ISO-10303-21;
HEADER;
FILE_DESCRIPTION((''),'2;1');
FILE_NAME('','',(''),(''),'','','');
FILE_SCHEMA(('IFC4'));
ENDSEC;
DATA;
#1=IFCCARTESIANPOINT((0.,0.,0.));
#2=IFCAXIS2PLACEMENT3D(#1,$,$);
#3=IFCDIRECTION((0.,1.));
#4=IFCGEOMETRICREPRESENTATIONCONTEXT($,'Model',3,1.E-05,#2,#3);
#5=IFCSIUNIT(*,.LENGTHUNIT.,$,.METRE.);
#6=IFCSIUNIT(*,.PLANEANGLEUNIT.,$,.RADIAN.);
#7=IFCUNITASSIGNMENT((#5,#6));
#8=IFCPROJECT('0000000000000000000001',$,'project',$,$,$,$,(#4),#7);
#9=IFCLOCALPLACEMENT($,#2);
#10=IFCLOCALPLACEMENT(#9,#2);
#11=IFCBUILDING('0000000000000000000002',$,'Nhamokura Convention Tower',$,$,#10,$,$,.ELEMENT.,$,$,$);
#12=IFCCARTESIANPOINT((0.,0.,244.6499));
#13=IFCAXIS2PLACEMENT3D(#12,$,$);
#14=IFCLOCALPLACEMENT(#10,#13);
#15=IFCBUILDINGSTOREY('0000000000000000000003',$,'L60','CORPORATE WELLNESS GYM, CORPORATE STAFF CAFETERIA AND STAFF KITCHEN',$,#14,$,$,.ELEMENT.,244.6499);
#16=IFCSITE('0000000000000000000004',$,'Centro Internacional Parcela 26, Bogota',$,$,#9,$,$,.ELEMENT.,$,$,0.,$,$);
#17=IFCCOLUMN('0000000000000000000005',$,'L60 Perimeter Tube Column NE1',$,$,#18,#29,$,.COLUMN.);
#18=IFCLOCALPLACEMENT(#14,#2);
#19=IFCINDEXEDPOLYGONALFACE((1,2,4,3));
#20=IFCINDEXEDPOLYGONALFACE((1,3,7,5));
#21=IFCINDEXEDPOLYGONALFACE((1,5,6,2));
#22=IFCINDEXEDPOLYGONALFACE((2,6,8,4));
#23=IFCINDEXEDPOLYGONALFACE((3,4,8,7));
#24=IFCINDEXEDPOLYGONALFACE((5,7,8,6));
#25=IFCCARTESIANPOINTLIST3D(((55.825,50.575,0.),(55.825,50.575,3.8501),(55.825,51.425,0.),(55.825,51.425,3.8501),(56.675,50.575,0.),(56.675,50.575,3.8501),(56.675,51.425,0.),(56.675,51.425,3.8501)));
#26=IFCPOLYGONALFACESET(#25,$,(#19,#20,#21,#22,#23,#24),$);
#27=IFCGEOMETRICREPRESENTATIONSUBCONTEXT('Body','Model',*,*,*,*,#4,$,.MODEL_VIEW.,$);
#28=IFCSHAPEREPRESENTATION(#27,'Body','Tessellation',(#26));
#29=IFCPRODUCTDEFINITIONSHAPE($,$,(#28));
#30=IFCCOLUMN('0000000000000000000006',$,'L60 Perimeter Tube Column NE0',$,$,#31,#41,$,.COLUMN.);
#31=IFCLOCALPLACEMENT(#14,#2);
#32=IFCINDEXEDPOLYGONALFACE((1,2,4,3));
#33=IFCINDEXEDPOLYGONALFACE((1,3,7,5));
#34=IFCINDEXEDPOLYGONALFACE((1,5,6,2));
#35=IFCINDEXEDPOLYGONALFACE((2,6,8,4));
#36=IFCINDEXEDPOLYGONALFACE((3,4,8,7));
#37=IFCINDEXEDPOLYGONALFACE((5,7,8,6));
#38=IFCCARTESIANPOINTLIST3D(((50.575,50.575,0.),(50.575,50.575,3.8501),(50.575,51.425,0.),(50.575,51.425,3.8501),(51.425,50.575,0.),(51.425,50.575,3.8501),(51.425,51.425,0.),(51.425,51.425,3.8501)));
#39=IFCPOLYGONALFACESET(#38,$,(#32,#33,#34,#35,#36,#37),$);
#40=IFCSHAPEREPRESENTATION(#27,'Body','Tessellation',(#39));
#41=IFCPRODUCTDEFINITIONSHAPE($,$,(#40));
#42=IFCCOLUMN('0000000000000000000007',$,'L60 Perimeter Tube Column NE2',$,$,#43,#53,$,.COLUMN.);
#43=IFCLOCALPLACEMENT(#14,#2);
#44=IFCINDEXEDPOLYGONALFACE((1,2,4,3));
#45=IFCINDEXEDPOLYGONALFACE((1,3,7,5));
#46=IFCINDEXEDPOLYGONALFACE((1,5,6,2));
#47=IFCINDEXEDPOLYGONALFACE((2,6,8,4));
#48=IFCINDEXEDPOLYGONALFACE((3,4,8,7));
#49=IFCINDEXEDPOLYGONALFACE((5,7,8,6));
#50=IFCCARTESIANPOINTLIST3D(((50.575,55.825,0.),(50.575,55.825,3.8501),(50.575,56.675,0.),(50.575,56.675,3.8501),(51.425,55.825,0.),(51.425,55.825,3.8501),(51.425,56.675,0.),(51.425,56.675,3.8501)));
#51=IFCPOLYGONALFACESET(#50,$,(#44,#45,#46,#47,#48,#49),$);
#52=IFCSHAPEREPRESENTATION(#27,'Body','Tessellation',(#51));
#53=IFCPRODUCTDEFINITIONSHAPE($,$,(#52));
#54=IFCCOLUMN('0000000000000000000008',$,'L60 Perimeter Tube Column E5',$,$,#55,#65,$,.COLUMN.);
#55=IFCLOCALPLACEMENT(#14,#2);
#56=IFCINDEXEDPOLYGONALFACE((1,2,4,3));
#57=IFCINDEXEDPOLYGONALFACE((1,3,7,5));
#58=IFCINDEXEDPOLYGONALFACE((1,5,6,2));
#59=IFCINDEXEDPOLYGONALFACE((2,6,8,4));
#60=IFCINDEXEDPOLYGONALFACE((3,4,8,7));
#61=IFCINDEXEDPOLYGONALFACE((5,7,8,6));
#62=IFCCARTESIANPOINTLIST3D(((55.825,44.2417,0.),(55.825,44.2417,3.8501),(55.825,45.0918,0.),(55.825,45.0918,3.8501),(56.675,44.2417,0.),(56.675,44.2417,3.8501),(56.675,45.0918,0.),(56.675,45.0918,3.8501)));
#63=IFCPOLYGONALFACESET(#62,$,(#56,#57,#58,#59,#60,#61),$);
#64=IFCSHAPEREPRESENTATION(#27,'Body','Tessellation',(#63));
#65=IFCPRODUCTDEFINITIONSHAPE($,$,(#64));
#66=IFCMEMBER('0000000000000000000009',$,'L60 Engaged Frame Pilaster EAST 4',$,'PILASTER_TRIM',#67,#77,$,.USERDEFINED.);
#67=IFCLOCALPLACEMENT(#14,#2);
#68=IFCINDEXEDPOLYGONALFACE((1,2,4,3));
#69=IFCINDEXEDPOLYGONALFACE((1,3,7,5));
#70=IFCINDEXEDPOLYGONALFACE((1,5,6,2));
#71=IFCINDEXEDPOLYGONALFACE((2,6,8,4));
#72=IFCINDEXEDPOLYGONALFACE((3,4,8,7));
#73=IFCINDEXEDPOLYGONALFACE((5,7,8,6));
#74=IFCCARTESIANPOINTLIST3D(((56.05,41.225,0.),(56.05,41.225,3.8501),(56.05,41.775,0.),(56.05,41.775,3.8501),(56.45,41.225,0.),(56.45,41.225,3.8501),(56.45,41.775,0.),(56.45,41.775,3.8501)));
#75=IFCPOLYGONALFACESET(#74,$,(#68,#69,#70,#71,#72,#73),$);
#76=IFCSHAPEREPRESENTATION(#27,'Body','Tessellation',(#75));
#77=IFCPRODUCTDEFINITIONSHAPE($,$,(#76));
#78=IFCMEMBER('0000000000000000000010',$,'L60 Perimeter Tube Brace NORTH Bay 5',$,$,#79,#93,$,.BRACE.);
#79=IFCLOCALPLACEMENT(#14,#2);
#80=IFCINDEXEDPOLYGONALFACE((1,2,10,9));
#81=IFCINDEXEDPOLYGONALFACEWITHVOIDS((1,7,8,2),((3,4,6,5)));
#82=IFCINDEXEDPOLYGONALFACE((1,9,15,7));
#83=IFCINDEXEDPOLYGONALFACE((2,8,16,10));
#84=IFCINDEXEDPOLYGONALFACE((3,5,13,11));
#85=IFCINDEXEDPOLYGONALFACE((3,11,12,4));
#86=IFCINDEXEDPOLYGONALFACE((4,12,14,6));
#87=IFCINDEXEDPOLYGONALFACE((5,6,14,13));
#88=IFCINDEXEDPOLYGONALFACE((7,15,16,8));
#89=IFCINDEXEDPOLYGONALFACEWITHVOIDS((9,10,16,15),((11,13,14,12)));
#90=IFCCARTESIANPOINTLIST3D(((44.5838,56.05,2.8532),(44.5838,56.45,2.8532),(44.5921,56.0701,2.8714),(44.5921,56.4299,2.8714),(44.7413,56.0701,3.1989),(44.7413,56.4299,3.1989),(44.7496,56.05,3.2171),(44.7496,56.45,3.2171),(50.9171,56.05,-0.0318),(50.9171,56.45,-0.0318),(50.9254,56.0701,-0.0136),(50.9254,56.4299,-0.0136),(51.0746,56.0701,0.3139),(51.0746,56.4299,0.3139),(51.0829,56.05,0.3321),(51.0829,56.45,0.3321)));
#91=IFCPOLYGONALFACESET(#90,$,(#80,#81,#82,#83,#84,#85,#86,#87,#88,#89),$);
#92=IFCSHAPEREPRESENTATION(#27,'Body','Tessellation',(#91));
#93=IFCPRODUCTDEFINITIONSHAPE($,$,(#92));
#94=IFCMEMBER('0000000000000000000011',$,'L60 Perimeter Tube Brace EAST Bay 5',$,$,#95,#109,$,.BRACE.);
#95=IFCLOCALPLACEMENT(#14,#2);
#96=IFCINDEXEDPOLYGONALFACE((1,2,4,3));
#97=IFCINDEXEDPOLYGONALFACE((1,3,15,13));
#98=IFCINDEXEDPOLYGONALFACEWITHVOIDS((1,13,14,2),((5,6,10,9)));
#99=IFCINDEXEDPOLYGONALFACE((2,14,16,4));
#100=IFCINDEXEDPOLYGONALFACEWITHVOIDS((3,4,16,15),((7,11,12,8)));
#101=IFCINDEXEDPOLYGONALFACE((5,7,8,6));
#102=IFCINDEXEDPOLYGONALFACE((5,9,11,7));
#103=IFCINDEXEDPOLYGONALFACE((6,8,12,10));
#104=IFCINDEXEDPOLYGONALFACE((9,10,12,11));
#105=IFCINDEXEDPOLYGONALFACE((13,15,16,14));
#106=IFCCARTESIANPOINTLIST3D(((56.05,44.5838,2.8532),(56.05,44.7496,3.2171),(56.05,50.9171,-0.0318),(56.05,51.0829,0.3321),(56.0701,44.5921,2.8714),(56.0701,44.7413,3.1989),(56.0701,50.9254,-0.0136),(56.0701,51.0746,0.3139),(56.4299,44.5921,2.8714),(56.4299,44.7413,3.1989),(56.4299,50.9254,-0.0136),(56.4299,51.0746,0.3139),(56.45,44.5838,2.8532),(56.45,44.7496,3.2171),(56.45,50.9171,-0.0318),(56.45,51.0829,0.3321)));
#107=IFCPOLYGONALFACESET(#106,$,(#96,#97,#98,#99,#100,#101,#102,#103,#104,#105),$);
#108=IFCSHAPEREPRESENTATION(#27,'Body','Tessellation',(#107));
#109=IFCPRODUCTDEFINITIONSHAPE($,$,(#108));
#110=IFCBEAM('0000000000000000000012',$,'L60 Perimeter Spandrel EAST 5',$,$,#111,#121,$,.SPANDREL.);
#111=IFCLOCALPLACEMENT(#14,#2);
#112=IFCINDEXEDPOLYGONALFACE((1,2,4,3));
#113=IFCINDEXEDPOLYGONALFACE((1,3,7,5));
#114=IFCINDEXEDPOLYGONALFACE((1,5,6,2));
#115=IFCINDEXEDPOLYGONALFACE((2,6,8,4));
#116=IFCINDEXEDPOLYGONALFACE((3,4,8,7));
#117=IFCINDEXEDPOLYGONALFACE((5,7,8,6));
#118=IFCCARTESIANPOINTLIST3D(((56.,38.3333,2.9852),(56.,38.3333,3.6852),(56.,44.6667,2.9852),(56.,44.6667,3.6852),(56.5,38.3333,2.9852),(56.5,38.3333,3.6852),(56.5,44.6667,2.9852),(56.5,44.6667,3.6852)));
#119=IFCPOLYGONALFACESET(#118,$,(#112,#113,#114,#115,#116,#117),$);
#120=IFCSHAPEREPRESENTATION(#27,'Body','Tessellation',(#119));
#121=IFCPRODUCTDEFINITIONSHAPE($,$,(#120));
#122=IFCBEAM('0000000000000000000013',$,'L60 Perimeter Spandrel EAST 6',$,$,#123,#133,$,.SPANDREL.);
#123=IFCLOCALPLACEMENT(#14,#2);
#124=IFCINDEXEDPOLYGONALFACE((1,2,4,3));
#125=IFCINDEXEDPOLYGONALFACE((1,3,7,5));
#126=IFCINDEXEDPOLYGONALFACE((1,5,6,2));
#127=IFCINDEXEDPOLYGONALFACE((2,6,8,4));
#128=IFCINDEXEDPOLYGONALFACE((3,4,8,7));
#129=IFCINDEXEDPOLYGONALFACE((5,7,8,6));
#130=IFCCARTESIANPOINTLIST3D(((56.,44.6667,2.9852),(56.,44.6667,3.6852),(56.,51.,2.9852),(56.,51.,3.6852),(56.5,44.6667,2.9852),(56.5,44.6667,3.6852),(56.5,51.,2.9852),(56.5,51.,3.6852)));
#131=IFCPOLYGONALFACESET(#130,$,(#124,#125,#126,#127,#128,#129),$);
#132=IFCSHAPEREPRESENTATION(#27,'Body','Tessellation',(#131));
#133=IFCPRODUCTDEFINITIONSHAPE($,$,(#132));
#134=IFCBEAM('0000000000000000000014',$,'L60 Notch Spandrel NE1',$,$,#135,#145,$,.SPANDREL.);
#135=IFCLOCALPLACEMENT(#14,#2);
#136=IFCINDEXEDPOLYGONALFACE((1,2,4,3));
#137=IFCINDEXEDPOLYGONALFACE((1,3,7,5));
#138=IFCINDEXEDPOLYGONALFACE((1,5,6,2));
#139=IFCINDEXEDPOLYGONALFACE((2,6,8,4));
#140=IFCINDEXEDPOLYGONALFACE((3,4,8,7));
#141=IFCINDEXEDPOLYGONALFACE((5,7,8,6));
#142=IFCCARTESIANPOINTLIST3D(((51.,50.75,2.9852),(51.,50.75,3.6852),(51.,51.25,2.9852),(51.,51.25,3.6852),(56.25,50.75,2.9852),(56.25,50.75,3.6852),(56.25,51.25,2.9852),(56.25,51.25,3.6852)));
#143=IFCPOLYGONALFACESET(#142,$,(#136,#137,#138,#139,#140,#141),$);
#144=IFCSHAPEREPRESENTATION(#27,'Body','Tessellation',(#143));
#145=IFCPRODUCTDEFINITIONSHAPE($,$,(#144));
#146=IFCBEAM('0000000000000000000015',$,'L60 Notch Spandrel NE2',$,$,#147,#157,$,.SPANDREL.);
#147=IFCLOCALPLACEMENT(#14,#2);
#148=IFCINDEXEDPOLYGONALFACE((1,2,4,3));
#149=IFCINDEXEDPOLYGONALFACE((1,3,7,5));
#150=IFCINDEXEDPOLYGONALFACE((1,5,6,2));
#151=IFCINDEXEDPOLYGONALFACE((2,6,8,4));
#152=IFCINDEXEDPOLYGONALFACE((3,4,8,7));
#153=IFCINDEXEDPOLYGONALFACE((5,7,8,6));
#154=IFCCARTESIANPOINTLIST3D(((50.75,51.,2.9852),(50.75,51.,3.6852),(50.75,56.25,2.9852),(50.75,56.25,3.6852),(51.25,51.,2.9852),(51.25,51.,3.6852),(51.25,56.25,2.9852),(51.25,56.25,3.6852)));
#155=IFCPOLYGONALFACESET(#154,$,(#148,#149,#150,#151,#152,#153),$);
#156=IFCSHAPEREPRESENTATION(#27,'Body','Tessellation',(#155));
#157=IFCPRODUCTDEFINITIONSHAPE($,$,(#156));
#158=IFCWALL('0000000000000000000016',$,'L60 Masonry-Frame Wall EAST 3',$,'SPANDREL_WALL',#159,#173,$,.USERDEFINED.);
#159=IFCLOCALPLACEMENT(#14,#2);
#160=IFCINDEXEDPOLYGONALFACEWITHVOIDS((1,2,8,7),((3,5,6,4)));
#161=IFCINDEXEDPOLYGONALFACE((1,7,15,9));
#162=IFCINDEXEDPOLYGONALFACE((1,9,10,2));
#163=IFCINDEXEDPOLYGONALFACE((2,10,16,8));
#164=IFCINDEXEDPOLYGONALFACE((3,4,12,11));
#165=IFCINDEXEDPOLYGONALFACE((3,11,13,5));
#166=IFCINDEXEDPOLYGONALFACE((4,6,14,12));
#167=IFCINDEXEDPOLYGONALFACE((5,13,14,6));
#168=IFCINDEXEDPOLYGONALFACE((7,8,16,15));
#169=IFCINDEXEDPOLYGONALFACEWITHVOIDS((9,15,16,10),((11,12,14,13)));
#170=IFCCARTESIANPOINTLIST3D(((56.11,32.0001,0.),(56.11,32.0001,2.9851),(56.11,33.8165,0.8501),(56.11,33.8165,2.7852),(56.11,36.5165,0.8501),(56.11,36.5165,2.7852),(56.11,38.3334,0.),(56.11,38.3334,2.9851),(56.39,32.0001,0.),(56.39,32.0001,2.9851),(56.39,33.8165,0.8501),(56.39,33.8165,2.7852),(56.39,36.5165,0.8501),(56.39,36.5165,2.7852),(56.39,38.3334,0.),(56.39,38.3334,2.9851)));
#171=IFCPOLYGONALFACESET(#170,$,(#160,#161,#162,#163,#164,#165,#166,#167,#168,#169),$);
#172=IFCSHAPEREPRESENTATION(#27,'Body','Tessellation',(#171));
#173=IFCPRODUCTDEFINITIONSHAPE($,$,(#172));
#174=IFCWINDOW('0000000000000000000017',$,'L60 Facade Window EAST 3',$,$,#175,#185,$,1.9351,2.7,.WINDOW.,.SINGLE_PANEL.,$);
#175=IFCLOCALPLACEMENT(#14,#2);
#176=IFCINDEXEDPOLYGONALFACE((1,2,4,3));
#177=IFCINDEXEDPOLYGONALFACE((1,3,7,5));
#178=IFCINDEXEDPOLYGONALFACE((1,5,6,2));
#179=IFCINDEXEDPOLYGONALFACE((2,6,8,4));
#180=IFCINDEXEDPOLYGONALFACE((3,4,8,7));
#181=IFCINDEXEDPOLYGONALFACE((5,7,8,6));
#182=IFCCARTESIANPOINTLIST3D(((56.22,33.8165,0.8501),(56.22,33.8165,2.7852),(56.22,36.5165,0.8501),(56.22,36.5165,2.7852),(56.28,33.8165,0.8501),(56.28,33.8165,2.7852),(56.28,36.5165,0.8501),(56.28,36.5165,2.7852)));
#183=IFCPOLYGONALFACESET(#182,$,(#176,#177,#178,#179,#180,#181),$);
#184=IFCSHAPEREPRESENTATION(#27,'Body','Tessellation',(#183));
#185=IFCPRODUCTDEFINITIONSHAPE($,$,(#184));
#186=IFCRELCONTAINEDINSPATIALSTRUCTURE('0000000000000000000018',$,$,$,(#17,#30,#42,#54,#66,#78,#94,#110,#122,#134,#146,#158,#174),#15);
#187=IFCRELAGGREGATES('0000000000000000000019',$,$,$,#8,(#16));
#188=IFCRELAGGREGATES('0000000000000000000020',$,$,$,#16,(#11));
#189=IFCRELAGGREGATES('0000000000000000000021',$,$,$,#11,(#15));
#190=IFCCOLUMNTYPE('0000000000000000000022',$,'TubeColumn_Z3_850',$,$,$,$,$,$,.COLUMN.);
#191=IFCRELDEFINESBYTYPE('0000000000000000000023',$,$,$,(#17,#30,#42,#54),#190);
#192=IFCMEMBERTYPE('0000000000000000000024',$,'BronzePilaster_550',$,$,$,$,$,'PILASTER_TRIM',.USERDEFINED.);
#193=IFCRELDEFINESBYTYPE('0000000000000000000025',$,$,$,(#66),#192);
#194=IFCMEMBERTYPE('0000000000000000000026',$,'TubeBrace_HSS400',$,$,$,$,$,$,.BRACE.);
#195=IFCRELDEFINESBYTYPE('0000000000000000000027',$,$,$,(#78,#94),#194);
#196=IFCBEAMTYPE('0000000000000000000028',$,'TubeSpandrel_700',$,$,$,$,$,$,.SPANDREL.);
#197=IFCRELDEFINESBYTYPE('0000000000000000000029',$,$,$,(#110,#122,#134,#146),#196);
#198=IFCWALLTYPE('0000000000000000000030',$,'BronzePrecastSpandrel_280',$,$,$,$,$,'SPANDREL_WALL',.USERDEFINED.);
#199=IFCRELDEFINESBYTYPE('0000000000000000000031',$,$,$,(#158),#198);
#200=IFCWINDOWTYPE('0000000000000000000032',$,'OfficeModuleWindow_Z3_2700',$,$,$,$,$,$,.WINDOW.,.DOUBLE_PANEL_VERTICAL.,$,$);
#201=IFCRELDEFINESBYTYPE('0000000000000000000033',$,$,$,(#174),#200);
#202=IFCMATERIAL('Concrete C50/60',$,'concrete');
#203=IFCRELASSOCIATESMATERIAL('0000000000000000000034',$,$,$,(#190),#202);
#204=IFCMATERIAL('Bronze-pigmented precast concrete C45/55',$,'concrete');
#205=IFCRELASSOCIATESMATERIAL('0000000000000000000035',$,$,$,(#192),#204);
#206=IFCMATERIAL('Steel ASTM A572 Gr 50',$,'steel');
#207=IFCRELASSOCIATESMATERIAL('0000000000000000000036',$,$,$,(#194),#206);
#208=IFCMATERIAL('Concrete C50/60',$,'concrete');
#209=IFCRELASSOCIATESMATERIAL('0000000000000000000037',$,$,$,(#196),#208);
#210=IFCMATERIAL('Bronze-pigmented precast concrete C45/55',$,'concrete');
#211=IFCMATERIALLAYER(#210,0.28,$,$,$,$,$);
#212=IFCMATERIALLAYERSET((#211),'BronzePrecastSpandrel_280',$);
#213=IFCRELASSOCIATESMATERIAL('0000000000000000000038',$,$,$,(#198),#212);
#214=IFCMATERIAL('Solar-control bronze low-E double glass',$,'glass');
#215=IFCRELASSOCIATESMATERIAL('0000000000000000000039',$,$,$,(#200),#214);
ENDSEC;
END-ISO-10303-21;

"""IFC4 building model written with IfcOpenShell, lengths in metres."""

from ifc_helpers import new_model, si_unit, direction, frame, frame_2d, origin, origin_2d, place, context, subcontext, project, spatial, rectangle, hollow_rectangle, extrude, material, layer, layer_set, material_profile, profile_set, type_object, element, fill, save


model = new_model("IFC4")

# Units and contexts
model_context = context("Model", 3, precision=1e-05, world=origin(), true_north=direction((0.0, 1.0)))
body_context = subcontext(model_context, "Body", "Model", "MODEL_VIEW")
ifc_project = project(units=[si_unit("LENGTHUNIT", "METRE"), si_unit("PLANEANGLEUNIT", "RADIAN")], contexts=[model_context])

# Site, building, storey
site_placement = place(None, origin())
site = spatial("IfcSite", under=ifc_project, at=site_placement, Name="Centro Internacional Parcela 26, Bogota", CompositionType="ELEMENT", RefElevation=0.0)
building_placement = place(site_placement, origin())
building = spatial("IfcBuilding", under=site, at=building_placement, Name="Nhamokura Convention Tower", CompositionType="ELEMENT")
storey_placement = place(building_placement, frame((0.0, 0.0, 244.6499)))
storey = spatial("IfcBuildingStorey", under=building, at=storey_placement, Name="L60", Description="CORPORATE WELLNESS GYM, CORPORATE STAFF CAFETERIA AND STAFF KITCHEN", CompositionType="ELEMENT", Elevation=244.6499)

# Columns
ifc_material_1 = material(Name="Concrete C50/60", Category="concrete")
ifc_material_profile_1 = material_profile(ifc_material_1, rectangle(XDim=0.8501, YDim=0.8501, at=origin_2d()))
ifc_profile_set_1 = profile_set([ifc_material_profile_1], Name="Concrete C50/60")
column_type = type_object("IfcColumnType", Name="TubeColumn_Z3_850", PredefinedType="COLUMN", material=ifc_profile_set_1)
for number, where, z_axis, x_axis, name in (
    (1, (56.25, 51.0, 0.0), (0.0, 0.0, 1.0), (1.0, 0.0, 0.0), "L60 Perimeter Tube Column NE1"),
    (2, (51.0, 51.0, 0.0), (0.0, 0.0, 1.0), (1.0, 0.0, 0.0), "L60 Perimeter Tube Column NE0"),
    (3, (51.0, 56.25, 0.0), (0.0, 0.0, 1.0), (1.0, 0.0, 0.0), "L60 Perimeter Tube Column NE2"),
    (4, (56.25, 44.6667, 0.0), (0.0, 0.0, 1.0), (1.0, 0.0, 0.0), "L60 Perimeter Tube Column E5"),
):
    element("IfcColumn", number, at=place(storey_placement, frame(where, z_axis=z_axis, x_axis=x_axis)), inside=storey, type_object=column_type, Name=name, PredefinedType="COLUMN", context=body_context, shape_type="SweptSolid", body=[
        extrude(rectangle(XDim=0.8501, YDim=0.8501, at=origin_2d()), origin(), (0.0, 0.0, 1.0), 3.8501),
    ])

# Members
ifc_material_2 = material(Name="Bronze-pigmented precast concrete C45/55", Category="concrete")
ifc_material_profile_2 = material_profile(ifc_material_2, rectangle(XDim=0.3999, YDim=0.55, at=origin_2d()))
ifc_profile_set_2 = profile_set([ifc_material_profile_2], Name="Bronze-pigmented precast concrete C45/55")
member_type_1 = type_object("IfcMemberType", Name="BronzePilaster_550", ElementType="PILASTER_TRIM", PredefinedType="USERDEFINED", material=ifc_profile_set_2)
member_placement = place(storey_placement, frame((56.25, 41.5, 0.0), z_axis=(0.0, 0.0, 1.0), x_axis=(1.0, 0.0, 0.0)))
element("IfcMember", 5, at=member_placement, inside=storey, type_object=member_type_1, Name="L60 Engaged Frame Pilaster EAST 4", ObjectType="PILASTER_TRIM", PredefinedType="USERDEFINED", context=body_context, shape_type="SweptSolid", body=[
    extrude(rectangle(XDim=0.3999, YDim=0.55, at=origin_2d()), origin(), (0.0, 0.0, 1.0), 3.8501),
])
ifc_material_3 = material(Name="Steel ASTM A572 Gr 50", Category="steel")
ifc_material_profile_3 = material_profile(ifc_material_3, hollow_rectangle(XDim=0.3999, YDim=0.3999, WallThickness=0.02, at=origin_2d()))
ifc_profile_set_3 = profile_set([ifc_material_profile_3], Name="Steel ASTM A572 Gr 50")
member_type_2 = type_object("IfcMemberType", Name="TubeBrace_HSS400", PredefinedType="BRACE", material=ifc_profile_set_3)
for number, where, z_axis, x_axis, name in (
    (6, (51.0, 56.25, 0.1501), (-0.910027, 0.0, 0.414548), (0.0, -1.0, 0.0), "L60 Perimeter Tube Brace NORTH Bay 5"),
    (7, (56.25, 51.0, 0.1501), (0.0, -0.910027, 0.414548), (1.0, 0.0, 0.0), "L60 Perimeter Tube Brace EAST Bay 5"),
):
    element("IfcMember", number, at=place(storey_placement, frame(where, z_axis=z_axis, x_axis=x_axis)), inside=storey, type_object=member_type_2, Name=name, PredefinedType="BRACE", context=body_context, shape_type="SweptSolid", body=[
        extrude(hollow_rectangle(XDim=0.3999, YDim=0.3999, WallThickness=0.02, at=origin_2d()), origin(), (0.0, 0.0, 1.0), 6.9595),
    ])

# Beams
ifc_material_4 = material(Name="Concrete C50/60", Category="concrete")
ifc_material_profile_4 = material_profile(ifc_material_4, rectangle(XDim=0.5, YDim=0.7, at=origin_2d()))
ifc_profile_set_4 = profile_set([ifc_material_profile_4], Name="Concrete C50/60")
beam_type = type_object("IfcBeamType", Name="TubeSpandrel_700", PredefinedType="SPANDREL", material=ifc_profile_set_4)
beam_1_placement = place(storey_placement, frame((56.25, 38.3333, 3.3352), z_axis=(0.0, 1.0, 0.0), x_axis=(-1.0, 0.0, 0.0)))
element("IfcBeam", 8, at=beam_1_placement, inside=storey, type_object=beam_type, Name="L60 Perimeter Spandrel EAST 5", PredefinedType="SPANDREL", context=body_context, shape_type="SweptSolid", body=[
    extrude(rectangle(XDim=0.5, YDim=0.7, at=origin_2d()), origin(), (0.0, 0.0, 1.0), 6.3335),
])
beam_2_placement = place(storey_placement, frame((56.25, 44.6667, 3.3352), z_axis=(0.0, 1.0, 0.0), x_axis=(-1.0, 0.0, 0.0)))
element("IfcBeam", 9, at=beam_2_placement, inside=storey, type_object=beam_type, Name="L60 Perimeter Spandrel EAST 6", PredefinedType="SPANDREL", context=body_context, shape_type="SweptSolid", body=[
    extrude(rectangle(XDim=0.5, YDim=0.7, at=origin_2d()), origin(), (0.0, 0.0, 1.0), 6.3333),
])
for number, where, z_axis, x_axis, name in (
    (10, (56.25, 51.0, 3.3352), (-1.0, 0.0, 0.0), (0.0, -1.0, 0.0), "L60 Notch Spandrel NE1"),
    (11, (51.0, 51.0, 3.3352), (0.0, 1.0, 0.0), (-1.0, 0.0, 0.0), "L60 Notch Spandrel NE2"),
):
    element("IfcBeam", number, at=place(storey_placement, frame(where, z_axis=z_axis, x_axis=x_axis)), inside=storey, type_object=beam_type, Name=name, PredefinedType="SPANDREL", context=body_context, shape_type="SweptSolid", body=[
        extrude(rectangle(XDim=0.5, YDim=0.7, at=origin_2d()), origin(), (0.0, 0.0, 1.0), 5.25),
    ])

# Wall, opening, window
ifc_material_5 = material(Name="Bronze-pigmented precast concrete C45/55", Category="concrete")
ifc_layer = layer(ifc_material_5, 0.28)
ifc_layer_set = layer_set([ifc_layer], Name="BronzePrecastSpandrel_280")
wall_type = type_object("IfcWallType", Name="BronzePrecastSpandrel_280", ElementType="SPANDREL_WALL", PredefinedType="USERDEFINED", material=ifc_layer_set)
wall_1_placement = place(storey_placement, frame((56.25, 38.3333, 0.0), z_axis=(0.0, 0.0, 1.0), x_axis=(0.0, -1.0, 0.0)))
wall_1 = element("IfcWall", 12, at=wall_1_placement, inside=storey, type_object=wall_type, Name="L60 Masonry-Frame Wall EAST 3", ObjectType="SPANDREL_WALL", PredefinedType="USERDEFINED", context=body_context, shape_type="SweptSolid", body=[
    extrude(rectangle(XDim=6.3333, YDim=0.28, at=frame_2d((3.1665, 0.0))), origin(), (0.0, 0.0, 1.0), 2.9851),
])
opening_1_placement = place(wall_1_placement, frame((1.8167, 0.0, 0.8501)))
opening_1 = element("IfcOpeningElement", 13, at=opening_1_placement, cuts=wall_1, PredefinedType="OPENING", context=body_context, shape_type="SweptSolid", body=[
    extrude(rectangle(XDim=2.7, YDim=1.9351, at=frame_2d((1.3501, 0.9675))), frame((0.0, 0.1499, 0.0), z_axis=(0.0, -1.0, 0.0), x_axis=(1.0, 0.0, 0.0)), (0.0, 0.0, 1.0), 0.3),
])
ifc_material_6 = material(Name="Solar-control bronze low-E double glass", Category="glass")
window_type_1 = type_object("IfcWindowType", Name="OfficeModuleWindow_Z3_2700", PartitioningType="DOUBLE_PANEL_VERTICAL", PredefinedType="WINDOW", material=ifc_material_6)
window_1_placement = place(opening_1_placement, origin())
window_1 = element("IfcWindow", 14, at=window_1_placement, inside=storey, type_object=window_type_1, Name="L60 Facade Window EAST 3", OverallHeight=1.9351, OverallWidth=2.7, PartitioningType="SINGLE_PANEL", PredefinedType="WINDOW", context=body_context, shape_type="SweptSolid", body=[
    extrude(rectangle(XDim=2.7, YDim=1.9351, at=frame_2d((1.3501, 0.9675))), frame((0.0, 0.03, 0.0), z_axis=(0.0, -1.0, 0.0), x_axis=(1.0, 0.0, 0.0)), (0.0, 0.0, 1.0), 0.0601),
])
fill(opening_1, window_1)

save(model, "model.ifc")
